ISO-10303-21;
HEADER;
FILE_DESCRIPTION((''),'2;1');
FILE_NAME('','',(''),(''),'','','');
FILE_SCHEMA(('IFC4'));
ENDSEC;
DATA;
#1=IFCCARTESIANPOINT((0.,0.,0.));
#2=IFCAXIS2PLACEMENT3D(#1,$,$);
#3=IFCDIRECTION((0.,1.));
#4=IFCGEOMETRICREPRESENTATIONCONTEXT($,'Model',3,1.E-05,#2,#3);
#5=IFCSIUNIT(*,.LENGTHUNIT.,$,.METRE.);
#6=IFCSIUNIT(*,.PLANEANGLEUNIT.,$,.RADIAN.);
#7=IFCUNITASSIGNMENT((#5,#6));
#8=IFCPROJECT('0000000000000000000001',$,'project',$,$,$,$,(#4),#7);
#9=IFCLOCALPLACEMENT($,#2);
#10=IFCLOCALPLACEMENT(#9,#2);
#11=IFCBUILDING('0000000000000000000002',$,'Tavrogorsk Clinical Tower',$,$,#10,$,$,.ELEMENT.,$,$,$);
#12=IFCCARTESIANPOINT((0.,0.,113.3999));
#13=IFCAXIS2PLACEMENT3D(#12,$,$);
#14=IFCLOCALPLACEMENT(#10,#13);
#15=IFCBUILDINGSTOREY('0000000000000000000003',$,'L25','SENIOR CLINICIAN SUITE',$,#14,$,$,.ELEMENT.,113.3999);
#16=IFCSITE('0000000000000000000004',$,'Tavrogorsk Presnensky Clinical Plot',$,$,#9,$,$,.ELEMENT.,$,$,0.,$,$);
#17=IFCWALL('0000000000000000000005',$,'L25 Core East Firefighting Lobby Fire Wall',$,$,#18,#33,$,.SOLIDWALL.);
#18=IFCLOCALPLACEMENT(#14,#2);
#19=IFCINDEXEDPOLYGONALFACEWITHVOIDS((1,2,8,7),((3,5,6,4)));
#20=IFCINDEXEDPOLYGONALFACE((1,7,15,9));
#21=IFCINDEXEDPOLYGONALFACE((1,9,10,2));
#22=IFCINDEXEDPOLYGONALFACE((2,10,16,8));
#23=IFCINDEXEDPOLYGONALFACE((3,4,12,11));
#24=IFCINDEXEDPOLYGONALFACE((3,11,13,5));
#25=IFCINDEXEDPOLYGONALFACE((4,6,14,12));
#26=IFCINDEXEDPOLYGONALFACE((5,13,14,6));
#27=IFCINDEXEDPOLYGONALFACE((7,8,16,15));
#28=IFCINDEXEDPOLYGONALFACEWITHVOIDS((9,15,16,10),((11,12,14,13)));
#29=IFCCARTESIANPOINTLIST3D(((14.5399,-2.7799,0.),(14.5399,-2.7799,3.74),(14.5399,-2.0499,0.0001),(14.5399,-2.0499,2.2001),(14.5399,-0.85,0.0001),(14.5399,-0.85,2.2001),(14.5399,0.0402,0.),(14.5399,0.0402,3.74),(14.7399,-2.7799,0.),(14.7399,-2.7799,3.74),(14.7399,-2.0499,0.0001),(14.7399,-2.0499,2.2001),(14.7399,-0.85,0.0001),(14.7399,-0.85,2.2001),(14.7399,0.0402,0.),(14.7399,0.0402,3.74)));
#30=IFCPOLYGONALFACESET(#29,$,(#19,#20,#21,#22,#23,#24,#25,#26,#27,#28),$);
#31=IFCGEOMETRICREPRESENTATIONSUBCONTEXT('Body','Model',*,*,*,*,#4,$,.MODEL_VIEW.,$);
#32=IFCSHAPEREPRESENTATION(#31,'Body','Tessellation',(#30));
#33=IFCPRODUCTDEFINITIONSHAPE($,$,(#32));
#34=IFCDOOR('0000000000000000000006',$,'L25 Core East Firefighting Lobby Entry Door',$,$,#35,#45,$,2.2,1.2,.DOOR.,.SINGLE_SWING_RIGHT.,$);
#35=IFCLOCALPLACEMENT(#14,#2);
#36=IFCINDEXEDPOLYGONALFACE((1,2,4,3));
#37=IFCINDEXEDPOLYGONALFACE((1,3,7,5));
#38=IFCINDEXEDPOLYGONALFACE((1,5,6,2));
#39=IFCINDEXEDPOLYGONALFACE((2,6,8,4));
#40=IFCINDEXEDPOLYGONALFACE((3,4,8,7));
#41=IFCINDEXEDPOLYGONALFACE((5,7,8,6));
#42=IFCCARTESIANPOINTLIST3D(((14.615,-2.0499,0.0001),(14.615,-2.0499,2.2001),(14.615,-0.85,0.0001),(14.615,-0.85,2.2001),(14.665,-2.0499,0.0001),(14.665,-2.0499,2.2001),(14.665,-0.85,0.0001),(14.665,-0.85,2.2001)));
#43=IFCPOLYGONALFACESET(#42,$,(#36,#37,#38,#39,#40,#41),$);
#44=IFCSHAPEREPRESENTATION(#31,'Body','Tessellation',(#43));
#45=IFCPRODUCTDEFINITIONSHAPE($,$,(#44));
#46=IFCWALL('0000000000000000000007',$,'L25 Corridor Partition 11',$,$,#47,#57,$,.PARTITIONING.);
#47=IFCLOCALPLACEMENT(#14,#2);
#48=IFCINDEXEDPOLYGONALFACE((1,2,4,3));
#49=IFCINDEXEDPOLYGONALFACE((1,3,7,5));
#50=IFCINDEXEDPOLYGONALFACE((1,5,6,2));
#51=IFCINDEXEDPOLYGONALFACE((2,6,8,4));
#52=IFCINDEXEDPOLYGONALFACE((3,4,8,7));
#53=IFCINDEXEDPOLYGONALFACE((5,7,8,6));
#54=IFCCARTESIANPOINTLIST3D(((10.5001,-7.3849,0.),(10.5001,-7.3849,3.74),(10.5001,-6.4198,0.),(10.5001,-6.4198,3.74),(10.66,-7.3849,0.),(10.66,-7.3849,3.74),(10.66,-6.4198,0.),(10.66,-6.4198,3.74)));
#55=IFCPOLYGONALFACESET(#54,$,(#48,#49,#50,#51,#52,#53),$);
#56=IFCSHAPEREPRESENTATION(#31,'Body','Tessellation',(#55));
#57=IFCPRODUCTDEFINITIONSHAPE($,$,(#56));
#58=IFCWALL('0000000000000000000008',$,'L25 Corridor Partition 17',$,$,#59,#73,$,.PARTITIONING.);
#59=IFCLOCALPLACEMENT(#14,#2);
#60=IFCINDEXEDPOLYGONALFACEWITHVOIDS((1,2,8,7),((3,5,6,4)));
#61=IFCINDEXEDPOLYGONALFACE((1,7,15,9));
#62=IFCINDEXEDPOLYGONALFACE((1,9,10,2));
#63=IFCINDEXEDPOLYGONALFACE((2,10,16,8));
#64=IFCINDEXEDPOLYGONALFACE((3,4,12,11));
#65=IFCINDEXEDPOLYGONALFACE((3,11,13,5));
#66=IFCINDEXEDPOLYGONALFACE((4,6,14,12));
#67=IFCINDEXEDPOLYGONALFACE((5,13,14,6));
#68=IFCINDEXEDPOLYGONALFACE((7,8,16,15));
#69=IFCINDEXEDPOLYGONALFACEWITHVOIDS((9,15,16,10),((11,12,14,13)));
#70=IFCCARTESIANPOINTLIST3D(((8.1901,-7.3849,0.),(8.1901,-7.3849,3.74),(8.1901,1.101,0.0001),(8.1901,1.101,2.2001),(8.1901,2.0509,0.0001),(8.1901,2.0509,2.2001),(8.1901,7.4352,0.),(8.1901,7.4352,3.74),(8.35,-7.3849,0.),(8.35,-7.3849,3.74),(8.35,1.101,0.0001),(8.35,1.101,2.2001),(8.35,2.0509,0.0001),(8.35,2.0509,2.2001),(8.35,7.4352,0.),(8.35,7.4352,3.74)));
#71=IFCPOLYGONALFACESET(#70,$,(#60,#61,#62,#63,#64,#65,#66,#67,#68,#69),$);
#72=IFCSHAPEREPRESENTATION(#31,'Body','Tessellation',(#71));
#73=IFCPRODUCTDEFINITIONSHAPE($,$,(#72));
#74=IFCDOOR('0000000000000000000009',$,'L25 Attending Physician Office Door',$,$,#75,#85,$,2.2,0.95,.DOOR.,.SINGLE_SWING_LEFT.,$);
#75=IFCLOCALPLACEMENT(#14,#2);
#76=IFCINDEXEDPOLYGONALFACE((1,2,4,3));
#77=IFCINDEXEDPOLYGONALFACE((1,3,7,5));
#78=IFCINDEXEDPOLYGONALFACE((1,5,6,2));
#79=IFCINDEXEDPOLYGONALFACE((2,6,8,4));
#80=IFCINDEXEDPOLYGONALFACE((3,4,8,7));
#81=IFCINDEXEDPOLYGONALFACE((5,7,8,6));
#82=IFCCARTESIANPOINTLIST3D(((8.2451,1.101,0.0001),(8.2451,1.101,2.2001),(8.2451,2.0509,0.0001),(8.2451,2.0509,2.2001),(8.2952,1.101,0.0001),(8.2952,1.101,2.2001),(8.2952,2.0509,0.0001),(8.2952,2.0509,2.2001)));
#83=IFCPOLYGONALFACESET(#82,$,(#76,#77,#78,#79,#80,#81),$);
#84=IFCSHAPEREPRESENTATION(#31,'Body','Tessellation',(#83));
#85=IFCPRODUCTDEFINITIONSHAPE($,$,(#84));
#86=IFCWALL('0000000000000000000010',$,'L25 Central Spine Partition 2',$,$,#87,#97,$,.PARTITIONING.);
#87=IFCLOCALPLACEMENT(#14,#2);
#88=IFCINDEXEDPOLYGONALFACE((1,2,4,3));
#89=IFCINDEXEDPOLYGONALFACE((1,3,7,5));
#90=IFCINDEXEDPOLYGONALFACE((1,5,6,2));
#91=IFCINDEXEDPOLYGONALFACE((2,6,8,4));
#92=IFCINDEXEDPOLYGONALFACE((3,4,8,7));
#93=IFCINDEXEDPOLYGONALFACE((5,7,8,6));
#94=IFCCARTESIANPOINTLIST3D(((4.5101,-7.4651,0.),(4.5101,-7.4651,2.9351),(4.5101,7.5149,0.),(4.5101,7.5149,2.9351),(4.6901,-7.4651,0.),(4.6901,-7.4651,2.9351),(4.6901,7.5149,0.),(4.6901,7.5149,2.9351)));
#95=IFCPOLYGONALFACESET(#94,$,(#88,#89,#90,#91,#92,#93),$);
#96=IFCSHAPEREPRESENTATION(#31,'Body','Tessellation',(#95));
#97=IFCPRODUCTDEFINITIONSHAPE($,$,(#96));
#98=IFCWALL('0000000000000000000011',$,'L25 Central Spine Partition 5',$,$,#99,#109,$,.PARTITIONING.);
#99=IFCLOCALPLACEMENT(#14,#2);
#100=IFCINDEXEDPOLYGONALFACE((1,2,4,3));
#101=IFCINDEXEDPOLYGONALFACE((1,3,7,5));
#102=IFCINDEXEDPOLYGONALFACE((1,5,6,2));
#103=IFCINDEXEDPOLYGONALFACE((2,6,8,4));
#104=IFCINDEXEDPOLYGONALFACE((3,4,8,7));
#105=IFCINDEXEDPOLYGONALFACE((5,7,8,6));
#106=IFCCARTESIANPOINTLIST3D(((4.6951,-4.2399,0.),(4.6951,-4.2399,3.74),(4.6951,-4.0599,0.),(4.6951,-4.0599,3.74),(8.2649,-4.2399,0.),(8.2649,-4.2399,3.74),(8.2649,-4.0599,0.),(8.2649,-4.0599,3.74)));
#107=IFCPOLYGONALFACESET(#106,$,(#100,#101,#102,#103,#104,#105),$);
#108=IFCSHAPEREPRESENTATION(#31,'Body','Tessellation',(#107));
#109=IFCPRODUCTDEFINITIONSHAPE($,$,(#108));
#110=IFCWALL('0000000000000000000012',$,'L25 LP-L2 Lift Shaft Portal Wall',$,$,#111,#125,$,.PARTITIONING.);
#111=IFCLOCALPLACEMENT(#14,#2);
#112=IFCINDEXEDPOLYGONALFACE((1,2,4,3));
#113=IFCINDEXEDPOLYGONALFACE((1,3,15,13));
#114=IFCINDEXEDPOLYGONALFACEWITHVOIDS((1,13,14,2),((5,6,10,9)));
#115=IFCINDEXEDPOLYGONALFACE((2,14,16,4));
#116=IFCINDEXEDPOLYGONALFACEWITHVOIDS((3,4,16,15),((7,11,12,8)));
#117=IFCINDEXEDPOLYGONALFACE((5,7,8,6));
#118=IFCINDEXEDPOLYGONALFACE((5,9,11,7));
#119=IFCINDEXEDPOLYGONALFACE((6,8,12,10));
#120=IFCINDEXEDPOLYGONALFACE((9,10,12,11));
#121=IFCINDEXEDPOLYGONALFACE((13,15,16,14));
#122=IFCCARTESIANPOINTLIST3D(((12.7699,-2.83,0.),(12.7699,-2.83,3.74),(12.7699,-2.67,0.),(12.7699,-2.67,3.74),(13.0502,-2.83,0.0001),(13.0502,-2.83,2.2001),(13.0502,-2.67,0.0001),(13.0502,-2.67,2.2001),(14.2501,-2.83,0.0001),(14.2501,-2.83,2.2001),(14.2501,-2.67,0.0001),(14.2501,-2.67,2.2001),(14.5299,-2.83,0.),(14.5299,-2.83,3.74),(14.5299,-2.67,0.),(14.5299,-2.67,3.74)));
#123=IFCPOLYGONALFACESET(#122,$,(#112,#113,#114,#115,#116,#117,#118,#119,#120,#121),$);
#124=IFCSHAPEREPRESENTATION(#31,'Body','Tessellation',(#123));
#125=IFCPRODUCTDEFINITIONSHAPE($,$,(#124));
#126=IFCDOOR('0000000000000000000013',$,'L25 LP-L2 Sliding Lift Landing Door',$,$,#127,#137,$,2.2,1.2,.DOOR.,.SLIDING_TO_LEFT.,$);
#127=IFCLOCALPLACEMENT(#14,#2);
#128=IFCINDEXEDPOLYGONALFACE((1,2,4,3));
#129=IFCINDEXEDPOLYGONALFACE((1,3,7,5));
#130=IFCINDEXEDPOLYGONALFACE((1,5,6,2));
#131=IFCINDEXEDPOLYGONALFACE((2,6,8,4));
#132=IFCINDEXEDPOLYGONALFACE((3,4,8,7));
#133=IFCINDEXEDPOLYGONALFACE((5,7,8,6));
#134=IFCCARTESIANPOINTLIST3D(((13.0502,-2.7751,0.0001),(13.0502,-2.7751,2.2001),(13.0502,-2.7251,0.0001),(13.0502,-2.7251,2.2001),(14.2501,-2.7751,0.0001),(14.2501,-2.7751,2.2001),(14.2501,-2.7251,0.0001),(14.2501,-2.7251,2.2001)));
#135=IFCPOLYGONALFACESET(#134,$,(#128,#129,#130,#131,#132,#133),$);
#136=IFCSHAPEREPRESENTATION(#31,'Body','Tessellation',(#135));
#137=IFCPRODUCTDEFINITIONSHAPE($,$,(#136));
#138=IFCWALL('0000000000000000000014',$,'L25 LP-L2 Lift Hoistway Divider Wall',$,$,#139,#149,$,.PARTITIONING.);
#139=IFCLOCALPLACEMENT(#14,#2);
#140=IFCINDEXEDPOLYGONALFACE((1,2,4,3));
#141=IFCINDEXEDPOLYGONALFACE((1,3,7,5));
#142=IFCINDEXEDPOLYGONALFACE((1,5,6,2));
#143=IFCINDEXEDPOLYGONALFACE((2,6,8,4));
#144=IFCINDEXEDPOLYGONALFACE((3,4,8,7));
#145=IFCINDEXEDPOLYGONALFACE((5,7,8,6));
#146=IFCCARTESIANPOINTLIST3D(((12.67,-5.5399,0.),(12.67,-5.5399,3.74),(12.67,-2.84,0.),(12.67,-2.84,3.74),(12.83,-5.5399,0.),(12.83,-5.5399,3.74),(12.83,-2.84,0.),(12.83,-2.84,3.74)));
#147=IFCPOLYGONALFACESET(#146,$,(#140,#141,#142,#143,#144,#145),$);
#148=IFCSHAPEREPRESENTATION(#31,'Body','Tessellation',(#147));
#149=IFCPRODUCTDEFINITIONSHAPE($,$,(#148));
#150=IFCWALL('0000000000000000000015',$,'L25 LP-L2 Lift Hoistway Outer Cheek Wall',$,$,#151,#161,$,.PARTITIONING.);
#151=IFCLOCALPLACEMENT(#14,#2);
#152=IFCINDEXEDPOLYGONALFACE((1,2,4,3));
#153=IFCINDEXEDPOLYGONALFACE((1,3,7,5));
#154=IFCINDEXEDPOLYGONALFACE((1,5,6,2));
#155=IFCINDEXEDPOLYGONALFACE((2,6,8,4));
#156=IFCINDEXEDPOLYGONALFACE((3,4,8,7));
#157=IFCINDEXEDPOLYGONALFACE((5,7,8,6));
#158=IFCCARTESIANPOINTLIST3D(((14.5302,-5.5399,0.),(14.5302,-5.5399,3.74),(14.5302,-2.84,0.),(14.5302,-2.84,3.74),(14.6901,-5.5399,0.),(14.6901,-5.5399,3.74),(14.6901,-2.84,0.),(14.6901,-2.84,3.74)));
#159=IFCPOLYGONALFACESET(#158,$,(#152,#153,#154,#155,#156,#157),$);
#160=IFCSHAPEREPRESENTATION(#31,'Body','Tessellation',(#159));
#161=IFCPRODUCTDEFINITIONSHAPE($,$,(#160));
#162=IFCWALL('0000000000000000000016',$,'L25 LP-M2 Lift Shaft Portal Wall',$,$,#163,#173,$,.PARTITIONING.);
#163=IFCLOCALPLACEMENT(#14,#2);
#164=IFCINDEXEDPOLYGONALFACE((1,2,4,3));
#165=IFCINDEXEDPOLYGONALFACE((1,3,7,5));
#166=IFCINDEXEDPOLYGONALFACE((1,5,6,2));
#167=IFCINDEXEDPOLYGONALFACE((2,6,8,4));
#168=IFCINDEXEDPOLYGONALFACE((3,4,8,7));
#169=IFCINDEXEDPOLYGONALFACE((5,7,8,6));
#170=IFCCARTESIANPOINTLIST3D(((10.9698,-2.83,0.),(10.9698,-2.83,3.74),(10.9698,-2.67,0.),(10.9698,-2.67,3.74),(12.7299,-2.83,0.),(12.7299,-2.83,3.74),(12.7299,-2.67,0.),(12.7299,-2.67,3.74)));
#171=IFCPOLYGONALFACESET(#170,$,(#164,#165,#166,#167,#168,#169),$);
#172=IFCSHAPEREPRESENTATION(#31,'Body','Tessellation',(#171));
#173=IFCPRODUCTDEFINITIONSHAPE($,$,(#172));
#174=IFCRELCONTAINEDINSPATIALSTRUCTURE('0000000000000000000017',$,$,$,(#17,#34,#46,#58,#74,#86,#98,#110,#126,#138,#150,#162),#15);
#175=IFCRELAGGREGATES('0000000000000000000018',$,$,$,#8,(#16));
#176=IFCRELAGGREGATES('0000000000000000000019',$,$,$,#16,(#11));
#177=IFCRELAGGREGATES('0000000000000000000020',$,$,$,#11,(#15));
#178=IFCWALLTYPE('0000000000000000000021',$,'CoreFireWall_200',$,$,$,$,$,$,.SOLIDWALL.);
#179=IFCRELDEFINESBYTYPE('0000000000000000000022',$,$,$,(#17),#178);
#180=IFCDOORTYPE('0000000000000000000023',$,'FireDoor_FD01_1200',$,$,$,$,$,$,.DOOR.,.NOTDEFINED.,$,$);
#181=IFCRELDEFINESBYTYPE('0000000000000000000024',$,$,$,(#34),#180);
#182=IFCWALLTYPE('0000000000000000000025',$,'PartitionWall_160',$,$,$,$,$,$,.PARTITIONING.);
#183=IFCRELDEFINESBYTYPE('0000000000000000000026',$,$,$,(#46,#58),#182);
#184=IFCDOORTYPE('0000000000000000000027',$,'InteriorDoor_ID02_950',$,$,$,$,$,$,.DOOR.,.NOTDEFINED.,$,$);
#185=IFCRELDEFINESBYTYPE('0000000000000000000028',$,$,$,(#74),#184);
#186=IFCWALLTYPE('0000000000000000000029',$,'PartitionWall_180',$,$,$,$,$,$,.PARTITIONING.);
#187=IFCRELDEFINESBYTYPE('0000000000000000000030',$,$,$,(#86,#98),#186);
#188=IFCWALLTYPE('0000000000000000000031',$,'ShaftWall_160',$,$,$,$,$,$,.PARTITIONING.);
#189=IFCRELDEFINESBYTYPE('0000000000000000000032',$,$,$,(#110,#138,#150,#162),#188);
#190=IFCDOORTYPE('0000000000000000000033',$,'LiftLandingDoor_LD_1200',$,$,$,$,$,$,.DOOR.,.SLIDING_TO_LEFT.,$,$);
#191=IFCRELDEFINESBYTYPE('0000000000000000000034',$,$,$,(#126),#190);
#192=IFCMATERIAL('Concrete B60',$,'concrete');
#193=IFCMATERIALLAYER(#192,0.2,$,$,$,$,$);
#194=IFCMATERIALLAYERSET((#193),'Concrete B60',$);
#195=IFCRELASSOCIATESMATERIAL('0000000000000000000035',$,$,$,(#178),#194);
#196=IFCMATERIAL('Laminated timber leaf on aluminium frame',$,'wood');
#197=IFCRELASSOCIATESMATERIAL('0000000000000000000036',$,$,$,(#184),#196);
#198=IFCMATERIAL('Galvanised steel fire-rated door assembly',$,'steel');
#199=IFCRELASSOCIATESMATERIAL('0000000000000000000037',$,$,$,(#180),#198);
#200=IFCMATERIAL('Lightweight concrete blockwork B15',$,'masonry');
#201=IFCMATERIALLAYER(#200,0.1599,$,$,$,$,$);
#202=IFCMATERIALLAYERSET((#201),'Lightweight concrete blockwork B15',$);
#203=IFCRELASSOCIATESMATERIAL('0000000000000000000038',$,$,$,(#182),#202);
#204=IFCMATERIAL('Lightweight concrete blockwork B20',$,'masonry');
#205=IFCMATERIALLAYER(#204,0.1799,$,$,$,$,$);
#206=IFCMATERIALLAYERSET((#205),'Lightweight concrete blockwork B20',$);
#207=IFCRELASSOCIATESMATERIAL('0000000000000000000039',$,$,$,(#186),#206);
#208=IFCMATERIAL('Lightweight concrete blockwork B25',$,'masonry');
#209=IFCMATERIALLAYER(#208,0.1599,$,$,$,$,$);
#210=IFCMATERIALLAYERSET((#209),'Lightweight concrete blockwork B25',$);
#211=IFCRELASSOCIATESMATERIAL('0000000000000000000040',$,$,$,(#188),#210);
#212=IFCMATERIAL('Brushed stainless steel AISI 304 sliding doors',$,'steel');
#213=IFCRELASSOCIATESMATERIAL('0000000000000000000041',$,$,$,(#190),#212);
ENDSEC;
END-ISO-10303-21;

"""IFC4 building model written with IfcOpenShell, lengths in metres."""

from ifc_helpers import new_model, si_unit, direction, frame, frame_2d, origin, place, context, subcontext, project, spatial, rectangle, extrude, material, layer, layer_set, type_object, element, fill, save


model = new_model("IFC4")

# Units and contexts
model_context = context("Model", 3, precision=1e-05, world=origin(), true_north=direction((0.0, 1.0)))
body_context = subcontext(model_context, "Body", "Model", "MODEL_VIEW")
ifc_project = project(units=[si_unit("LENGTHUNIT", "METRE"), si_unit("PLANEANGLEUNIT", "RADIAN")], contexts=[model_context])

# Site, building, storey
site_placement = place(None, origin())
site = spatial("IfcSite", under=ifc_project, at=site_placement, Name="Tavrogorsk Presnensky Clinical Plot", CompositionType="ELEMENT", RefElevation=0.0)
building_placement = place(site_placement, origin())
building = spatial("IfcBuilding", under=site, at=building_placement, Name="Tavrogorsk Clinical Tower", CompositionType="ELEMENT")
storey_placement = place(building_placement, frame((0.0, 0.0, 113.3999)))
storey = spatial("IfcBuildingStorey", under=building, at=storey_placement, Name="L25", Description="SENIOR CLINICIAN SUITE", CompositionType="ELEMENT", Elevation=113.3999)

# Wall, opening, door
ifc_material_1 = material(Name="Concrete B60", Category="concrete")
ifc_layer_1 = layer(ifc_material_1, 0.2)
ifc_layer_set_1 = layer_set([ifc_layer_1], Name="Concrete B60")
wall_type_1 = type_object("IfcWallType", Name="CoreFireWall_200", PredefinedType="SOLIDWALL", material=ifc_layer_set_1)
ifc_material_2 = material(Name="Laminated timber leaf on aluminium frame", Category="wood")
door_type_1 = type_object("IfcDoorType", Name="InteriorDoor_ID02_950", OperationType="NOTDEFINED", PredefinedType="DOOR", material=ifc_material_2)
wall_1_placement = place(storey_placement, frame((14.6399, -2.78, 0.0), z_axis=(0.0, 0.0, 1.0), x_axis=(0.0, 1.0, 0.0)))
wall_1 = element("IfcWall", 1, at=wall_1_placement, inside=storey, type_object=wall_type_1, Name="L25 Core East Firefighting Lobby Fire Wall", PredefinedType="SOLIDWALL", context=body_context, shape_type="SweptSolid", body=[
    extrude(rectangle(XDim=2.8201, YDim=0.2, at=frame_2d((1.4102, 0.0))), origin(), (0.0, 0.0, 1.0), 3.74),
])
opening_1_placement = place(wall_1_placement, frame((0.73, 0.0, 0.0)))
opening_1 = element("IfcOpeningElement", 2, at=opening_1_placement, cuts=wall_1, PredefinedType="OPENING", context=body_context, shape_type="SweptSolid", body=[
    extrude(rectangle(XDim=1.2, YDim=2.2, at=frame_2d((0.6001, 1.1001))), frame((0.0, 0.1099, 0.0), z_axis=(0.0, -1.0, 0.0), x_axis=(1.0, 0.0, 0.0)), (0.0, 0.0, 1.0), 0.22),
])
ifc_material_3 = material(Name="Galvanised steel fire-rated door assembly", Category="steel")
door_type_2 = type_object("IfcDoorType", Name="FireDoor_FD01_1200", OperationType="NOTDEFINED", PredefinedType="DOOR", material=ifc_material_3)
door_1_placement = place(opening_1_placement, origin())
door_1 = element("IfcDoor", 3, at=door_1_placement, inside=storey, type_object=door_type_2, Name="L25 Core East Firefighting Lobby Entry Door", OperationType="SINGLE_SWING_RIGHT", OverallHeight=2.2, OverallWidth=1.2, PredefinedType="DOOR", context=body_context, shape_type="SweptSolid", body=[
    extrude(rectangle(XDim=1.2, YDim=2.2, at=frame_2d((0.6001, 1.1001))), frame((0.0, 0.0249, 0.0), z_axis=(0.0, -1.0, 0.0), x_axis=(1.0, 0.0, 0.0)), (0.0, 0.0, 1.0), 0.05),
])
fill(opening_1, door_1)

# Wall
ifc_material_4 = material(Name="Lightweight concrete blockwork B15", Category="masonry")
ifc_layer_2 = layer(ifc_material_4, 0.1599)
ifc_layer_set_2 = layer_set([ifc_layer_2], Name="Lightweight concrete blockwork B15")
wall_type_2 = type_object("IfcWallType", Name="PartitionWall_160", PredefinedType="PARTITIONING", material=ifc_layer_set_2)
wall_2_placement = place(storey_placement, frame((10.5801, -6.4199, 0.0), z_axis=(0.0, 0.0, 1.0), x_axis=(0.0, -1.0, 0.0)))
element("IfcWall", 4, at=wall_2_placement, inside=storey, type_object=wall_type_2, Name="L25 Corridor Partition 11", PredefinedType="PARTITIONING", context=body_context, shape_type="SweptSolid", body=[
    extrude(rectangle(XDim=0.9651, YDim=0.1599, at=frame_2d((0.4824, 0.0))), origin(), (0.0, 0.0, 1.0), 3.74),
])

# Wall, opening, door
wall_3_placement = place(storey_placement, frame((8.27, -7.385, 0.0), z_axis=(0.0, 0.0, 1.0), x_axis=(0.0, 1.0, 0.0)))
wall_3 = element("IfcWall", 5, at=wall_3_placement, inside=storey, type_object=wall_type_2, Name="L25 Corridor Partition 17", PredefinedType="PARTITIONING", context=body_context, shape_type="SweptSolid", body=[
    extrude(rectangle(XDim=14.8201, YDim=0.1599, at=frame_2d((7.4102, 0.0))), origin(), (0.0, 0.0, 1.0), 3.74),
])
opening_2_placement = place(wall_3_placement, frame((8.4858, 0.0, 0.0)))
opening_2 = element("IfcOpeningElement", 6, at=opening_2_placement, cuts=wall_3, PredefinedType="OPENING", context=body_context, shape_type="SweptSolid", body=[
    extrude(rectangle(XDim=0.95, YDim=2.2, at=frame_2d((0.4751, 1.1001))), frame((0.0, 0.0898, 0.0), z_axis=(0.0, -1.0, 0.0), x_axis=(1.0, 0.0, 0.0)), (0.0, 0.0, 1.0), 0.1799),
])
door_2_placement = place(opening_2_placement, origin())
door_2 = element("IfcDoor", 7, at=door_2_placement, inside=storey, type_object=door_type_1, Name="L25 Attending Physician Office Door", OperationType="SINGLE_SWING_LEFT", OverallHeight=2.2, OverallWidth=0.95, PredefinedType="DOOR", context=body_context, shape_type="SweptSolid", body=[
    extrude(rectangle(XDim=0.95, YDim=2.2, at=frame_2d((0.4751, 1.1001))), frame((0.0, 0.0249, 0.0), z_axis=(0.0, -1.0, 0.0), x_axis=(1.0, 0.0, 0.0)), (0.0, 0.0, 1.0), 0.05),
])
fill(opening_2, door_2)

# Walls
ifc_material_5 = material(Name="Lightweight concrete blockwork B20", Category="masonry")
ifc_layer_3 = layer(ifc_material_5, 0.1799)
ifc_layer_set_3 = layer_set([ifc_layer_3], Name="Lightweight concrete blockwork B20")
wall_type_3 = type_object("IfcWallType", Name="PartitionWall_180", PredefinedType="PARTITIONING", material=ifc_layer_set_3)
wall_4_placement = place(storey_placement, frame((4.6001, -7.4651, 0.0), z_axis=(0.0, 0.0, 1.0), x_axis=(0.0, 1.0, 0.0)))
element("IfcWall", 8, at=wall_4_placement, inside=storey, type_object=wall_type_3, Name="L25 Central Spine Partition 2", PredefinedType="PARTITIONING", context=body_context, shape_type="SweptSolid", body=[
    extrude(rectangle(XDim=14.98, YDim=0.1799, at=frame_2d((7.49, 0.0))), origin(), (0.0, 0.0, 1.0), 2.9351),
])
wall_5_placement = place(storey_placement, frame((4.6951, -4.1499, 0.0), z_axis=(0.0, 0.0, 1.0), x_axis=(1.0, 0.0, 0.0)))
element("IfcWall", 9, at=wall_5_placement, inside=storey, type_object=wall_type_3, Name="L25 Central Spine Partition 5", PredefinedType="PARTITIONING", context=body_context, shape_type="SweptSolid", body=[
    extrude(rectangle(XDim=3.5698, YDim=0.1799, at=frame_2d((1.7849, 0.0))), origin(), (0.0, 0.0, 1.0), 3.74),
])

# Wall, opening, door
ifc_material_6 = material(Name="Lightweight concrete blockwork B25", Category="masonry")
ifc_layer_4 = layer(ifc_material_6, 0.1599)
ifc_layer_set_4 = layer_set([ifc_layer_4], Name="Lightweight concrete blockwork B25")
wall_type_4 = type_object("IfcWallType", Name="ShaftWall_160", PredefinedType="PARTITIONING", material=ifc_layer_set_4)
wall_6_placement = place(storey_placement, frame((12.77, -2.75, 0.0), z_axis=(0.0, 0.0, 1.0), x_axis=(1.0, 0.0, 0.0)))
wall_6 = element("IfcWall", 10, at=wall_6_placement, inside=storey, type_object=wall_type_4, Name="L25 LP-L2 Lift Shaft Portal Wall", PredefinedType="PARTITIONING", context=body_context, shape_type="SweptSolid", body=[
    extrude(rectangle(XDim=1.76, YDim=0.1599, at=frame_2d((0.8799, 0.0))), origin(), (0.0, 0.0, 1.0), 3.74),
])
opening_3_placement = place(wall_6_placement, frame((0.28, 0.0, 0.0)))
opening_3 = element("IfcOpeningElement", 11, at=opening_3_placement, cuts=wall_6, PredefinedType="OPENING", context=body_context, shape_type="SweptSolid", body=[
    extrude(rectangle(XDim=1.2, YDim=2.2, at=frame_2d((0.6001, 1.1001))), frame((0.0, 0.0898, 0.0), z_axis=(0.0, -1.0, 0.0), x_axis=(1.0, 0.0, 0.0)), (0.0, 0.0, 1.0), 0.1799),
])
ifc_material_7 = material(Name="Brushed stainless steel AISI 304 sliding doors", Category="steel")
door_type_3 = type_object("IfcDoorType", Name="LiftLandingDoor_LD_1200", OperationType="SLIDING_TO_LEFT", PredefinedType="DOOR", material=ifc_material_7)
door_3_placement = place(opening_3_placement, origin())
door_3 = element("IfcDoor", 12, at=door_3_placement, inside=storey, type_object=door_type_3, Name="L25 LP-L2 Sliding Lift Landing Door", OperationType="SLIDING_TO_LEFT", OverallHeight=2.2, OverallWidth=1.2, PredefinedType="DOOR", context=body_context, shape_type="SweptSolid", body=[
    extrude(rectangle(XDim=1.2, YDim=2.2, at=frame_2d((0.6001, 1.1001))), frame((0.0, 0.0249, 0.0), z_axis=(0.0, -1.0, 0.0), x_axis=(1.0, 0.0, 0.0)), (0.0, 0.0, 1.0), 0.05),
])
fill(opening_3, door_3)

# Walls
for number, where, z_axis, x_axis, name in (
    (13, (12.75, -5.54, 0.0), (0.0, 0.0, 1.0), (0.0, 1.0, 0.0), "L25 LP-L2 Lift Hoistway Divider Wall"),
    (14, (14.6101, -5.54, 0.0), (0.0, 0.0, 1.0), (0.0, 1.0, 0.0), "L25 LP-L2 Lift Hoistway Outer Cheek Wall"),
):
    element("IfcWall", number, at=place(storey_placement, frame(where, z_axis=z_axis, x_axis=x_axis)), inside=storey, type_object=wall_type_4, Name=name, PredefinedType="PARTITIONING", context=body_context, shape_type="SweptSolid", body=[
        extrude(rectangle(XDim=2.7, YDim=0.1599, at=frame_2d((1.3501, 0.0))), origin(), (0.0, 0.0, 1.0), 3.74),
    ])
wall_7_placement = place(storey_placement, frame((10.97, -2.75, 0.0), z_axis=(0.0, 0.0, 1.0), x_axis=(1.0, 0.0, 0.0)))
element("IfcWall", 15, at=wall_7_placement, inside=storey, type_object=wall_type_4, Name="L25 LP-M2 Lift Shaft Portal Wall", PredefinedType="PARTITIONING", context=body_context, shape_type="SweptSolid", body=[
    extrude(rectangle(XDim=1.76, YDim=0.1599, at=frame_2d((0.8799, 0.0))), origin(), (0.0, 0.0, 1.0), 3.74),
])

save(model, "model.ifc")
